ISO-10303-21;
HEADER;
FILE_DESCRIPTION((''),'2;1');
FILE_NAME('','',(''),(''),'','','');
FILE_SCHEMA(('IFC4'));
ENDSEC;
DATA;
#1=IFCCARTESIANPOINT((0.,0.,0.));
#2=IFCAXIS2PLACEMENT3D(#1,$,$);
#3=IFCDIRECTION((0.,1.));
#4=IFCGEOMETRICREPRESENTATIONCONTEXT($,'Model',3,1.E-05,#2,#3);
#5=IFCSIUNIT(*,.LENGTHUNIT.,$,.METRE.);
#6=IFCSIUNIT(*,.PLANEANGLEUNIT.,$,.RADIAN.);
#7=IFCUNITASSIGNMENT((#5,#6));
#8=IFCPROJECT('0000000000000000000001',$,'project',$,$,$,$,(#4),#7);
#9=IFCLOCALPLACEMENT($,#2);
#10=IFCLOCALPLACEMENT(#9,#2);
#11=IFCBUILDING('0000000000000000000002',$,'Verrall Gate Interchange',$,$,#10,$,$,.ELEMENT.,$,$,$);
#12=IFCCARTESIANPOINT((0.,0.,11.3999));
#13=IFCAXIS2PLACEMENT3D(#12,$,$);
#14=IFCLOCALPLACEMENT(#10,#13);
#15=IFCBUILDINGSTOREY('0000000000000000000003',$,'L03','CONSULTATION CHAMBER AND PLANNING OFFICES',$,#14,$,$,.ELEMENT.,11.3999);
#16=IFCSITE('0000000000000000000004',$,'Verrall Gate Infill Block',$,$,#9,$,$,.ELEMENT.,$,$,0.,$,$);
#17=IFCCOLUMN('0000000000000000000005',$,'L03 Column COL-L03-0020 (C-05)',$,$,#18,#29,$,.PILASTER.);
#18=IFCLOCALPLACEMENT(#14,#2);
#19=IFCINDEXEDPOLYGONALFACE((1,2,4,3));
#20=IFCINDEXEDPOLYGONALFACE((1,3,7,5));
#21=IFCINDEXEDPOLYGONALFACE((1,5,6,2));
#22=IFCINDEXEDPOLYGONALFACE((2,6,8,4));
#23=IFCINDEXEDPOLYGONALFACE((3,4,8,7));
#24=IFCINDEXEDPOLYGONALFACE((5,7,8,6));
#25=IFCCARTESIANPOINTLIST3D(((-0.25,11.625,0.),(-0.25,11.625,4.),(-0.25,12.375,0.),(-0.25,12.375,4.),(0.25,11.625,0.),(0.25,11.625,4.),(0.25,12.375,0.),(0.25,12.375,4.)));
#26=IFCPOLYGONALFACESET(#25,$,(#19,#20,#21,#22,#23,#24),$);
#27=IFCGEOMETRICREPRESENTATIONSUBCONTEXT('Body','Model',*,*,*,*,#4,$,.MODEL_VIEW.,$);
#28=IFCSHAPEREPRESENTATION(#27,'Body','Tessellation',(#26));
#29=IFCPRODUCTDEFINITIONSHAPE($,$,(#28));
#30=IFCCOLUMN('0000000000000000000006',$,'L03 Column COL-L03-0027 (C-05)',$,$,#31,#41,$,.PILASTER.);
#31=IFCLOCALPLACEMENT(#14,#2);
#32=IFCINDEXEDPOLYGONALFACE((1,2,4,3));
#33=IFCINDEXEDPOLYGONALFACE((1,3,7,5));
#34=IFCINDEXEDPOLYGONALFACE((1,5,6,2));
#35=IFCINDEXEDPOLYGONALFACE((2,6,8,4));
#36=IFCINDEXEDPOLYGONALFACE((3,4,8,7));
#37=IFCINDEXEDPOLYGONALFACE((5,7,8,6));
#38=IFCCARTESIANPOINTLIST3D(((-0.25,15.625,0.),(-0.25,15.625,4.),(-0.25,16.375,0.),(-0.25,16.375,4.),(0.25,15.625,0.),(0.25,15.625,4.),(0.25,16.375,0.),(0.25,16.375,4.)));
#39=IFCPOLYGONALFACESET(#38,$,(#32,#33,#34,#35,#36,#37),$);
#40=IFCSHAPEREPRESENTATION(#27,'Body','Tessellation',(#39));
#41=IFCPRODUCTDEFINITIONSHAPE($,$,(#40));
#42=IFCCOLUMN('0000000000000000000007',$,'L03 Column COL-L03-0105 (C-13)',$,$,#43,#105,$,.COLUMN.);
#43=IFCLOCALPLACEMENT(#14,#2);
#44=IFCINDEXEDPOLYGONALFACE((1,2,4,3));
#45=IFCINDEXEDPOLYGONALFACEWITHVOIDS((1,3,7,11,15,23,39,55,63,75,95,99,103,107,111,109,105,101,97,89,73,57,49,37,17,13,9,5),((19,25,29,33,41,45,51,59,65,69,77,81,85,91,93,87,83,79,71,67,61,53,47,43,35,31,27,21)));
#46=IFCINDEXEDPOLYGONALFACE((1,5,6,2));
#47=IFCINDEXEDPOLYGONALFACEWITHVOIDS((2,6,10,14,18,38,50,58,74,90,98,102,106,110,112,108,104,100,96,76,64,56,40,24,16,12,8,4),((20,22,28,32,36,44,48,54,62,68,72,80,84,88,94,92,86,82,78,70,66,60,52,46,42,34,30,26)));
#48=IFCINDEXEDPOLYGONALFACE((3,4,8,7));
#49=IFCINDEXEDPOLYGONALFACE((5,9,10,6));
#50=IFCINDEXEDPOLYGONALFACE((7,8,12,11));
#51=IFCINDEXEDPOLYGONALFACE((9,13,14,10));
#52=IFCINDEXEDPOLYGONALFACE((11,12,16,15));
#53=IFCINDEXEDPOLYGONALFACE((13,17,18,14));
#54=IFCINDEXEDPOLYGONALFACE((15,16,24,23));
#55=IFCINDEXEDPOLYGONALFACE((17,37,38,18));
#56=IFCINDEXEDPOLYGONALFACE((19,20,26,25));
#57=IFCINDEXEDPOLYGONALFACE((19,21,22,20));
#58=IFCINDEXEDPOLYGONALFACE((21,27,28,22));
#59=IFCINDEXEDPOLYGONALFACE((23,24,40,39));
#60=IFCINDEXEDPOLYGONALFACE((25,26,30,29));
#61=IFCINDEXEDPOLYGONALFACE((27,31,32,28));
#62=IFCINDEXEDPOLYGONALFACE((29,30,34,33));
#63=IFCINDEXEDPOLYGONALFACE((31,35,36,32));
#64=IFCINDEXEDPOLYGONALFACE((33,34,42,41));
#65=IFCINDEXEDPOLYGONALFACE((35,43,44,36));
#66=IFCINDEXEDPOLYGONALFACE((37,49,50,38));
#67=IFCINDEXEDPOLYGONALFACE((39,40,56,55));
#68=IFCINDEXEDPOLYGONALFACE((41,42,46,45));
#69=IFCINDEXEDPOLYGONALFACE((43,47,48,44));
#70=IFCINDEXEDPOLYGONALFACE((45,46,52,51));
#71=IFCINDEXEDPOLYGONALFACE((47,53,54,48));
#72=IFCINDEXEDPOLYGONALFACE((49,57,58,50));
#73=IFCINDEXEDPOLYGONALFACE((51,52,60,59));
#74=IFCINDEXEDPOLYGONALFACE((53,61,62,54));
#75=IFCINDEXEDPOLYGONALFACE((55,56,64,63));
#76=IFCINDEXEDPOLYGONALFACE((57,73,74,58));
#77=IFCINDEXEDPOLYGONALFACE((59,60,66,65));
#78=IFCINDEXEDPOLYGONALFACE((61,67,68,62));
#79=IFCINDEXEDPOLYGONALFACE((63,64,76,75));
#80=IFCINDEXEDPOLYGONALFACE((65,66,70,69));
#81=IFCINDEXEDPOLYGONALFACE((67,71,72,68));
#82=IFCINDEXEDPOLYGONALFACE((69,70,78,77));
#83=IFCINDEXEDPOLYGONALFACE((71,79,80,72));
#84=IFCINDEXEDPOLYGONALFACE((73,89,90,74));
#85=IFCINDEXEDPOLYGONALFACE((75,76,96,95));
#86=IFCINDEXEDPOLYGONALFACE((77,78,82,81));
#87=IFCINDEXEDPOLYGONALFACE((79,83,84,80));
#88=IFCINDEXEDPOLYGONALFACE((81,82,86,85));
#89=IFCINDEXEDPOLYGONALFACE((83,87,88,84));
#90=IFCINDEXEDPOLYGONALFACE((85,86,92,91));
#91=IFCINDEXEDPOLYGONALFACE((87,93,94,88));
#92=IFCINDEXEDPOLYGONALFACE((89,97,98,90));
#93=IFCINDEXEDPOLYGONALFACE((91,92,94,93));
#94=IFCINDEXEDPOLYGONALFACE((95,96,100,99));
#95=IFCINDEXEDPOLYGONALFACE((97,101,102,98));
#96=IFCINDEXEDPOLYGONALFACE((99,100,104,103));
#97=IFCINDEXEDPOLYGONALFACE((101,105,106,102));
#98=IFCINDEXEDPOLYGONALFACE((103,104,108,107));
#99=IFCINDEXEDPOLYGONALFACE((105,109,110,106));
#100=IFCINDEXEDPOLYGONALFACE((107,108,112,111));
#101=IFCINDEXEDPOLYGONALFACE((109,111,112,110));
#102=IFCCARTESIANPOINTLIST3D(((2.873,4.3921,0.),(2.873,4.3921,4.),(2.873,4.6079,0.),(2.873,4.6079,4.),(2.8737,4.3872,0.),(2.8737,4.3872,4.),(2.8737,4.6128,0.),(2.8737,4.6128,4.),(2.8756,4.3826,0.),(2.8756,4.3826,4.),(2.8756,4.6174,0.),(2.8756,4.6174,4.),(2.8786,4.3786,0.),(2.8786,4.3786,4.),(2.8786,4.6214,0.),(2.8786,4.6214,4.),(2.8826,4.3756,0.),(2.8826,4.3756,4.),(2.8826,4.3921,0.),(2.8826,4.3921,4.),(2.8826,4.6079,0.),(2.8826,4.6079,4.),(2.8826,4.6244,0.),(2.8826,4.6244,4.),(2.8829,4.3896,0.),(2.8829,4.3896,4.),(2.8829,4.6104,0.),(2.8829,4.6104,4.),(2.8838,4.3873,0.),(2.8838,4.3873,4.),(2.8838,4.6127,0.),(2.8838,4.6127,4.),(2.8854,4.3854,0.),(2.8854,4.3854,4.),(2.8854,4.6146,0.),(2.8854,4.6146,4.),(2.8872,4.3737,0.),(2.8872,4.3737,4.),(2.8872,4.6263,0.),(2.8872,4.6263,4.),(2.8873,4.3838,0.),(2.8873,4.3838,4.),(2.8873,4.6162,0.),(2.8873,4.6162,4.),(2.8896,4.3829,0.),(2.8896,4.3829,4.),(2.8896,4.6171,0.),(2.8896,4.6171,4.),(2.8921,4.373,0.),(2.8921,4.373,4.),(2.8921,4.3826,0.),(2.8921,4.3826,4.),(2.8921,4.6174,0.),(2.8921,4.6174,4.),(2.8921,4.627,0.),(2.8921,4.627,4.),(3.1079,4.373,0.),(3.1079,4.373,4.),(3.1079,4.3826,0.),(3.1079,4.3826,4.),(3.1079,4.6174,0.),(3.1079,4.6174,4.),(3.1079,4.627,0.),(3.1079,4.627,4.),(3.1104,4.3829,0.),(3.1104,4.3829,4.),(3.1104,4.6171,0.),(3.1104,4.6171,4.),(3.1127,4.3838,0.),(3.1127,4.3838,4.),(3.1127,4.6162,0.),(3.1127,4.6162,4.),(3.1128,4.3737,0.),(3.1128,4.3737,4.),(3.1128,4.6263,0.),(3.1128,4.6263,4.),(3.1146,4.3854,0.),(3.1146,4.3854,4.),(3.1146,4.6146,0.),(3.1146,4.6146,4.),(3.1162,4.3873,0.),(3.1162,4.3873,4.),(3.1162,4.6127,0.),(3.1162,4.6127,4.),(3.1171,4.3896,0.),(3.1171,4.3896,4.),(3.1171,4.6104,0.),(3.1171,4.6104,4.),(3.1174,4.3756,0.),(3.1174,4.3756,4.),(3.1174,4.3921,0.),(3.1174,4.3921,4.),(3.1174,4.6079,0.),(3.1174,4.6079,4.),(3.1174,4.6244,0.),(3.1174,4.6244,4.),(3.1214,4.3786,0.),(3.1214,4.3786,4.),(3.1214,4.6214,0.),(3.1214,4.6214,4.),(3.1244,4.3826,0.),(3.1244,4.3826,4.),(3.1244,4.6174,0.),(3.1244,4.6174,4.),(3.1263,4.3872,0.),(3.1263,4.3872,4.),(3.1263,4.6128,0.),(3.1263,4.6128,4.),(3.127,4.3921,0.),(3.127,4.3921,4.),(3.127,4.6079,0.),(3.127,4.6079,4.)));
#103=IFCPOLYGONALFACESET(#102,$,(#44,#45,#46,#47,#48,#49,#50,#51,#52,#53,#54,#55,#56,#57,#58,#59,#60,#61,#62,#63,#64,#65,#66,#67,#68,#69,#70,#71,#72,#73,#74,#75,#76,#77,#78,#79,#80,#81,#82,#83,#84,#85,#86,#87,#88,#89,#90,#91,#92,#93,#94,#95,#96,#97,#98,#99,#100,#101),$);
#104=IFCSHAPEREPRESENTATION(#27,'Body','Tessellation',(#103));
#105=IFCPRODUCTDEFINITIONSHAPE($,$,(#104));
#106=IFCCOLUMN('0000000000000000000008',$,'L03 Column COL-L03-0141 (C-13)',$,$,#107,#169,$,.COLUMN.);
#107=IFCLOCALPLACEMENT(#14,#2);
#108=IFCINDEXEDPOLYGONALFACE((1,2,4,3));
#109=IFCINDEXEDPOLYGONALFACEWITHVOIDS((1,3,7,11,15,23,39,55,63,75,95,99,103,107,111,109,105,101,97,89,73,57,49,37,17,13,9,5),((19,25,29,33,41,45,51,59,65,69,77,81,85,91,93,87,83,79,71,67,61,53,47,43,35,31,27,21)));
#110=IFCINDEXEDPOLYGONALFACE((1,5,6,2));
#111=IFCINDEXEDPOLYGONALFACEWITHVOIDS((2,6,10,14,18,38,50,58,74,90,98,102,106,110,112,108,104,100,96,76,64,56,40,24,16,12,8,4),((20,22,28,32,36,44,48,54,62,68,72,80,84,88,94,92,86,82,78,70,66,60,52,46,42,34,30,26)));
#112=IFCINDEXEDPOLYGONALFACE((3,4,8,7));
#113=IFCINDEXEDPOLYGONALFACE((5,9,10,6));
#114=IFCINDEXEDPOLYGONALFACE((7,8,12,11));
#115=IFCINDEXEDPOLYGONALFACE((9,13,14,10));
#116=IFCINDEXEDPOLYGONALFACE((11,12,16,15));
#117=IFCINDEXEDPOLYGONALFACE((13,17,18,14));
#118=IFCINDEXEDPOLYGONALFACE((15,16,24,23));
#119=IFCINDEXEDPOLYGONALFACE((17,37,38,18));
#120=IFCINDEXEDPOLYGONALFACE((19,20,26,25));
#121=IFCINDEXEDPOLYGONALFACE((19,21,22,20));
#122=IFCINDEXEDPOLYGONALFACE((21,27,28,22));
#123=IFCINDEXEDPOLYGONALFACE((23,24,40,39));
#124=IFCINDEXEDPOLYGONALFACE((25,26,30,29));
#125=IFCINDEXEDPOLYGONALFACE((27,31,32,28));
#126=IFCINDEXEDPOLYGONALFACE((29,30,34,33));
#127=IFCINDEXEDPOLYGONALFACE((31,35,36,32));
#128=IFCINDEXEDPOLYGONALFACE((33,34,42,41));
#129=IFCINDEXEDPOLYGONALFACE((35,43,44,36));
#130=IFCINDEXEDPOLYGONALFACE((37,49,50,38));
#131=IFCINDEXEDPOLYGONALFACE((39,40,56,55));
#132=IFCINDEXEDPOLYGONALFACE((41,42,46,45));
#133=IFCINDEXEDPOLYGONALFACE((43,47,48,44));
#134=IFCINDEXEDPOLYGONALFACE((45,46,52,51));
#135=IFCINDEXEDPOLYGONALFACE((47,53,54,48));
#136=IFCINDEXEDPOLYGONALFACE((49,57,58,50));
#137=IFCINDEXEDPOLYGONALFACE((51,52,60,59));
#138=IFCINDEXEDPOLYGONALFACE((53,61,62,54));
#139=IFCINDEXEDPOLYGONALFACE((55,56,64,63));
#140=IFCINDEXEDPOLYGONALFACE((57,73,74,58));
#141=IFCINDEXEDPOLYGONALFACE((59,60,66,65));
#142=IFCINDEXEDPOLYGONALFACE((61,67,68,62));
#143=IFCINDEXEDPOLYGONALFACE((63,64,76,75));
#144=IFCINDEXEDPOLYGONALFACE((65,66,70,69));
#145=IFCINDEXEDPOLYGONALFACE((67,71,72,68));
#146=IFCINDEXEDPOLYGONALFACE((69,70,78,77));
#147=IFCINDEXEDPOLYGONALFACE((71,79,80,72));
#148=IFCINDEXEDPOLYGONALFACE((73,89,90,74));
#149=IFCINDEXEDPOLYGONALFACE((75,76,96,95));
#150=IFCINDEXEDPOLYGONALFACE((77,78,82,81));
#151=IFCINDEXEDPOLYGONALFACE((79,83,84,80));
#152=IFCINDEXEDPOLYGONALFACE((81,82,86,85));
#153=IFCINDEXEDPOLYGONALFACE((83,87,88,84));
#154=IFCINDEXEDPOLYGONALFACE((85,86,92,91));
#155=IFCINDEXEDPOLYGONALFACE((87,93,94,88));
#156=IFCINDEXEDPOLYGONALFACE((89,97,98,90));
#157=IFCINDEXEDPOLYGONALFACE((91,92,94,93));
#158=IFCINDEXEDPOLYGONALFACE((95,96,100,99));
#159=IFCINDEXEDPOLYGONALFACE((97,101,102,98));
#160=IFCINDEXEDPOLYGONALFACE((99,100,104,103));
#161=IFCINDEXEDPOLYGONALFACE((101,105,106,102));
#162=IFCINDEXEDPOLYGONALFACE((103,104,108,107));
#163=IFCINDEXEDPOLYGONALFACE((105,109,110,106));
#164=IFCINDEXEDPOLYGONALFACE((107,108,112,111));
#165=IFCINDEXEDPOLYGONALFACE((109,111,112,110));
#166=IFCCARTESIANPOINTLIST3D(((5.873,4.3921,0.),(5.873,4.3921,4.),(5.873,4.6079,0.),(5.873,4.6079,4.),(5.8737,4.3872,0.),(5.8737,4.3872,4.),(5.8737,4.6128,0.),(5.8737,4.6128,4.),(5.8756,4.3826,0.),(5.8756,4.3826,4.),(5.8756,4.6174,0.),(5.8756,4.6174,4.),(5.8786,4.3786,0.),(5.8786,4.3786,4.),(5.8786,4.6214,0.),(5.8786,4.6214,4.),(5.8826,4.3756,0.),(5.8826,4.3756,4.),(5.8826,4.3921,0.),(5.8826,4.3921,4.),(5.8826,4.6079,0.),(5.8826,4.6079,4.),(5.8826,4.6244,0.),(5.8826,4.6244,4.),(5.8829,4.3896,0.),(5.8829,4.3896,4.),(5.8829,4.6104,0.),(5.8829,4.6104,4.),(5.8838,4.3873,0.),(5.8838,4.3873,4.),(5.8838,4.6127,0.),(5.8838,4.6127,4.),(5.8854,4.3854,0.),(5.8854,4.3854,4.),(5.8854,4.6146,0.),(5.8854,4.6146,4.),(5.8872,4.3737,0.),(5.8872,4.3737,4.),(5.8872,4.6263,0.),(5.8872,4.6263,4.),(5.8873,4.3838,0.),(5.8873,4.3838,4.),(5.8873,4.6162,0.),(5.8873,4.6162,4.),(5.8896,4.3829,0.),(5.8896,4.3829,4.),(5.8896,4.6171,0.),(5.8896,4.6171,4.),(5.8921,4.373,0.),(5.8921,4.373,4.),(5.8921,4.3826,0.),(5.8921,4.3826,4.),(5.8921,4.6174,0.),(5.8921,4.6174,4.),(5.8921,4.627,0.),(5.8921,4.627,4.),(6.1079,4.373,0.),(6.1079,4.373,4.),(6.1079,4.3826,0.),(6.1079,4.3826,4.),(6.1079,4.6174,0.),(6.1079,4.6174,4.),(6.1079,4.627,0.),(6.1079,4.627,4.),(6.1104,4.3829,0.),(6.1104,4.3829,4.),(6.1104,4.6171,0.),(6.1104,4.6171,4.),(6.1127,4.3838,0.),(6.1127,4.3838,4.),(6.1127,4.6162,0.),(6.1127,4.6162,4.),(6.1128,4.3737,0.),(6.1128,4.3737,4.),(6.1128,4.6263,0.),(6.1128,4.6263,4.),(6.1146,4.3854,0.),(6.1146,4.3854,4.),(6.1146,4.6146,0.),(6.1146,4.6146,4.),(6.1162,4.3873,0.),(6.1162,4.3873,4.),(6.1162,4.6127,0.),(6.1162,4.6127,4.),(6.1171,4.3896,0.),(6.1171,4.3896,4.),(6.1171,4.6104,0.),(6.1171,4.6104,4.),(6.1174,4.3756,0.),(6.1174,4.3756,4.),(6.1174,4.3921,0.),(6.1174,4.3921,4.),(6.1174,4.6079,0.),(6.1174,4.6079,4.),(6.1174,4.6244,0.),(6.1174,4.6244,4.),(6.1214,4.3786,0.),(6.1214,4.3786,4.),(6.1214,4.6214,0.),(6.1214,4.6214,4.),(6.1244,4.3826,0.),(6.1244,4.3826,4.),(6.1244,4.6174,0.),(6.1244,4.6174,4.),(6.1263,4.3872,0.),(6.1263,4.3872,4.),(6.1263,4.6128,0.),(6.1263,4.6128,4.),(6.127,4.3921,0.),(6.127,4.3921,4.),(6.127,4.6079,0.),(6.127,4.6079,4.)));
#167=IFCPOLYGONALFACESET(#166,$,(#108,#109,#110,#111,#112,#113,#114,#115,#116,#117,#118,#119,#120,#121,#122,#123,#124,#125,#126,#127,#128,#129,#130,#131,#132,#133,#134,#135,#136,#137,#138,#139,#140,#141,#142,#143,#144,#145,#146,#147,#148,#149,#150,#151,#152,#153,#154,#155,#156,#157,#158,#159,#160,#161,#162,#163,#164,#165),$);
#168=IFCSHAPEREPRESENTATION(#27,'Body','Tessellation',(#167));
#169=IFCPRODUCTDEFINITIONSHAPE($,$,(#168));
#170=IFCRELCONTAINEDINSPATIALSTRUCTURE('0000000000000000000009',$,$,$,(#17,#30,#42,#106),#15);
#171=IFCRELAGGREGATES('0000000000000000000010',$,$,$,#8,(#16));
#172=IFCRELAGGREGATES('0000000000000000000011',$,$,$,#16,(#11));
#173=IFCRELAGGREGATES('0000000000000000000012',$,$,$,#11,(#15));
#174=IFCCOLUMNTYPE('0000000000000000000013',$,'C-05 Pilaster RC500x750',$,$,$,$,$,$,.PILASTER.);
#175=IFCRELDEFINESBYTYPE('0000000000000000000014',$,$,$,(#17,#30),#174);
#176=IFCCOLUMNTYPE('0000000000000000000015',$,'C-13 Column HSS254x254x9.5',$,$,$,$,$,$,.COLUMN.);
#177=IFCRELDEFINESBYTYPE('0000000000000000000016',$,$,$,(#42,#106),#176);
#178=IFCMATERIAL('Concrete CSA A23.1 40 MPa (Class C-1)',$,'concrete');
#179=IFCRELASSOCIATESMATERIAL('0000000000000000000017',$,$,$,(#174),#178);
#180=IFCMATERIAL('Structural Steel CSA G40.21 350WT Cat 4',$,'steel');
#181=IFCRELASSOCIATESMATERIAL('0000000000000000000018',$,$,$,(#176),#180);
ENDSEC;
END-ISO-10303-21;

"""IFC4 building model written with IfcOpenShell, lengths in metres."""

from ifc_helpers import new_model, si_unit, direction, frame, origin, origin_2d, place, context, subcontext, project, spatial, rectangle, hollow_rectangle, extrude, material, material_profile, profile_set, type_object, element, save


model = new_model("IFC4")

# Units and contexts
model_context = context("Model", 3, precision=1e-05, world=origin(), true_north=direction((0.0, 1.0)))
body_context = subcontext(model_context, "Body", "Model", "MODEL_VIEW")
ifc_project = project(units=[si_unit("LENGTHUNIT", "METRE"), si_unit("PLANEANGLEUNIT", "RADIAN")], contexts=[model_context])

# Site, building, storey
site_placement = place(None, origin())
site = spatial("IfcSite", under=ifc_project, at=site_placement, Name="Verrall Gate Infill Block", CompositionType="ELEMENT", RefElevation=0.0)
building_placement = place(site_placement, origin())
building = spatial("IfcBuilding", under=site, at=building_placement, Name="Verrall Gate Interchange", CompositionType="ELEMENT")
storey_placement = place(building_placement, frame((0.0, 0.0, 11.3999)))
storey = spatial("IfcBuildingStorey", under=building, at=storey_placement, Name="L03", Description="CONSULTATION CHAMBER AND PLANNING OFFICES", CompositionType="ELEMENT", Elevation=11.3999)

# Columns
ifc_material_1 = material(Name="Concrete CSA A23.1 40 MPa (Class C-1)", Category="concrete")
ifc_material_profile_1 = material_profile(ifc_material_1, rectangle(XDim=0.5, YDim=0.75, at=origin_2d()), Name="RC500x750")
ifc_profile_set_1 = profile_set([ifc_material_profile_1], Name="Concrete CSA A23.1 40 MPa (Class C-1)")
column_type_1 = type_object("IfcColumnType", Name="C-05 Pilaster RC500x750", PredefinedType="PILASTER", material=ifc_profile_set_1)
for number, where, z_axis, x_axis, name in (
    (1, (0.0, 12.0, 0.0), (0.0, 0.0, 1.0), (1.0, 0.0, 0.0), "L03 Column COL-L03-0020 (C-05)"),
    (2, (0.0, 16.0, 0.0), (0.0, 0.0, 1.0), (1.0, 0.0, 0.0), "L03 Column COL-L03-0027 (C-05)"),
):
    element("IfcColumn", number, at=place(storey_placement, frame(where, z_axis=z_axis, x_axis=x_axis)), inside=storey, type_object=column_type_1, Name=name, PredefinedType="PILASTER", context=body_context, shape_type="SweptSolid", body=[
        extrude(rectangle(XDim=0.5, YDim=0.75, at=origin_2d()), origin(), (0.0, 0.0, 1.0), 4.0),
    ])
ifc_material_2 = material(Name="Structural Steel CSA G40.21 350WT Cat 4", Category="steel")
ifc_material_profile_2 = material_profile(ifc_material_2, hollow_rectangle(XDim=0.2539, YDim=0.2539, WallThickness=0.0095, InnerFilletRadius=0.0095, OuterFilletRadius=0.019, at=origin_2d()), Name="HSS254x254x9.5")
ifc_profile_set_2 = profile_set([ifc_material_profile_2], Name="Structural Steel CSA G40.21 350WT Cat 4")
column_type_2 = type_object("IfcColumnType", Name="C-13 Column HSS254x254x9.5", PredefinedType="COLUMN", material=ifc_profile_set_2)
for number, where, z_axis, x_axis, name in (
    (3, (3.0, 4.5, 0.0), (0.0, 0.0, 1.0), (1.0, 0.0, 0.0), "L03 Column COL-L03-0105 (C-13)"),
    (4, (6.0, 4.5, 0.0), (0.0, 0.0, 1.0), (1.0, 0.0, 0.0), "L03 Column COL-L03-0141 (C-13)"),
):
    element("IfcColumn", number, at=place(storey_placement, frame(where, z_axis=z_axis, x_axis=x_axis)), inside=storey, type_object=column_type_2, Name=name, PredefinedType="COLUMN", context=body_context, shape_type="SweptSolid", body=[
        extrude(hollow_rectangle(XDim=0.2539, YDim=0.2539, WallThickness=0.0095, InnerFilletRadius=0.0095, OuterFilletRadius=0.019, at=origin_2d()), origin(), (0.0, 0.0, 1.0), 4.0),
    ])

save(model, "model.ifc")
